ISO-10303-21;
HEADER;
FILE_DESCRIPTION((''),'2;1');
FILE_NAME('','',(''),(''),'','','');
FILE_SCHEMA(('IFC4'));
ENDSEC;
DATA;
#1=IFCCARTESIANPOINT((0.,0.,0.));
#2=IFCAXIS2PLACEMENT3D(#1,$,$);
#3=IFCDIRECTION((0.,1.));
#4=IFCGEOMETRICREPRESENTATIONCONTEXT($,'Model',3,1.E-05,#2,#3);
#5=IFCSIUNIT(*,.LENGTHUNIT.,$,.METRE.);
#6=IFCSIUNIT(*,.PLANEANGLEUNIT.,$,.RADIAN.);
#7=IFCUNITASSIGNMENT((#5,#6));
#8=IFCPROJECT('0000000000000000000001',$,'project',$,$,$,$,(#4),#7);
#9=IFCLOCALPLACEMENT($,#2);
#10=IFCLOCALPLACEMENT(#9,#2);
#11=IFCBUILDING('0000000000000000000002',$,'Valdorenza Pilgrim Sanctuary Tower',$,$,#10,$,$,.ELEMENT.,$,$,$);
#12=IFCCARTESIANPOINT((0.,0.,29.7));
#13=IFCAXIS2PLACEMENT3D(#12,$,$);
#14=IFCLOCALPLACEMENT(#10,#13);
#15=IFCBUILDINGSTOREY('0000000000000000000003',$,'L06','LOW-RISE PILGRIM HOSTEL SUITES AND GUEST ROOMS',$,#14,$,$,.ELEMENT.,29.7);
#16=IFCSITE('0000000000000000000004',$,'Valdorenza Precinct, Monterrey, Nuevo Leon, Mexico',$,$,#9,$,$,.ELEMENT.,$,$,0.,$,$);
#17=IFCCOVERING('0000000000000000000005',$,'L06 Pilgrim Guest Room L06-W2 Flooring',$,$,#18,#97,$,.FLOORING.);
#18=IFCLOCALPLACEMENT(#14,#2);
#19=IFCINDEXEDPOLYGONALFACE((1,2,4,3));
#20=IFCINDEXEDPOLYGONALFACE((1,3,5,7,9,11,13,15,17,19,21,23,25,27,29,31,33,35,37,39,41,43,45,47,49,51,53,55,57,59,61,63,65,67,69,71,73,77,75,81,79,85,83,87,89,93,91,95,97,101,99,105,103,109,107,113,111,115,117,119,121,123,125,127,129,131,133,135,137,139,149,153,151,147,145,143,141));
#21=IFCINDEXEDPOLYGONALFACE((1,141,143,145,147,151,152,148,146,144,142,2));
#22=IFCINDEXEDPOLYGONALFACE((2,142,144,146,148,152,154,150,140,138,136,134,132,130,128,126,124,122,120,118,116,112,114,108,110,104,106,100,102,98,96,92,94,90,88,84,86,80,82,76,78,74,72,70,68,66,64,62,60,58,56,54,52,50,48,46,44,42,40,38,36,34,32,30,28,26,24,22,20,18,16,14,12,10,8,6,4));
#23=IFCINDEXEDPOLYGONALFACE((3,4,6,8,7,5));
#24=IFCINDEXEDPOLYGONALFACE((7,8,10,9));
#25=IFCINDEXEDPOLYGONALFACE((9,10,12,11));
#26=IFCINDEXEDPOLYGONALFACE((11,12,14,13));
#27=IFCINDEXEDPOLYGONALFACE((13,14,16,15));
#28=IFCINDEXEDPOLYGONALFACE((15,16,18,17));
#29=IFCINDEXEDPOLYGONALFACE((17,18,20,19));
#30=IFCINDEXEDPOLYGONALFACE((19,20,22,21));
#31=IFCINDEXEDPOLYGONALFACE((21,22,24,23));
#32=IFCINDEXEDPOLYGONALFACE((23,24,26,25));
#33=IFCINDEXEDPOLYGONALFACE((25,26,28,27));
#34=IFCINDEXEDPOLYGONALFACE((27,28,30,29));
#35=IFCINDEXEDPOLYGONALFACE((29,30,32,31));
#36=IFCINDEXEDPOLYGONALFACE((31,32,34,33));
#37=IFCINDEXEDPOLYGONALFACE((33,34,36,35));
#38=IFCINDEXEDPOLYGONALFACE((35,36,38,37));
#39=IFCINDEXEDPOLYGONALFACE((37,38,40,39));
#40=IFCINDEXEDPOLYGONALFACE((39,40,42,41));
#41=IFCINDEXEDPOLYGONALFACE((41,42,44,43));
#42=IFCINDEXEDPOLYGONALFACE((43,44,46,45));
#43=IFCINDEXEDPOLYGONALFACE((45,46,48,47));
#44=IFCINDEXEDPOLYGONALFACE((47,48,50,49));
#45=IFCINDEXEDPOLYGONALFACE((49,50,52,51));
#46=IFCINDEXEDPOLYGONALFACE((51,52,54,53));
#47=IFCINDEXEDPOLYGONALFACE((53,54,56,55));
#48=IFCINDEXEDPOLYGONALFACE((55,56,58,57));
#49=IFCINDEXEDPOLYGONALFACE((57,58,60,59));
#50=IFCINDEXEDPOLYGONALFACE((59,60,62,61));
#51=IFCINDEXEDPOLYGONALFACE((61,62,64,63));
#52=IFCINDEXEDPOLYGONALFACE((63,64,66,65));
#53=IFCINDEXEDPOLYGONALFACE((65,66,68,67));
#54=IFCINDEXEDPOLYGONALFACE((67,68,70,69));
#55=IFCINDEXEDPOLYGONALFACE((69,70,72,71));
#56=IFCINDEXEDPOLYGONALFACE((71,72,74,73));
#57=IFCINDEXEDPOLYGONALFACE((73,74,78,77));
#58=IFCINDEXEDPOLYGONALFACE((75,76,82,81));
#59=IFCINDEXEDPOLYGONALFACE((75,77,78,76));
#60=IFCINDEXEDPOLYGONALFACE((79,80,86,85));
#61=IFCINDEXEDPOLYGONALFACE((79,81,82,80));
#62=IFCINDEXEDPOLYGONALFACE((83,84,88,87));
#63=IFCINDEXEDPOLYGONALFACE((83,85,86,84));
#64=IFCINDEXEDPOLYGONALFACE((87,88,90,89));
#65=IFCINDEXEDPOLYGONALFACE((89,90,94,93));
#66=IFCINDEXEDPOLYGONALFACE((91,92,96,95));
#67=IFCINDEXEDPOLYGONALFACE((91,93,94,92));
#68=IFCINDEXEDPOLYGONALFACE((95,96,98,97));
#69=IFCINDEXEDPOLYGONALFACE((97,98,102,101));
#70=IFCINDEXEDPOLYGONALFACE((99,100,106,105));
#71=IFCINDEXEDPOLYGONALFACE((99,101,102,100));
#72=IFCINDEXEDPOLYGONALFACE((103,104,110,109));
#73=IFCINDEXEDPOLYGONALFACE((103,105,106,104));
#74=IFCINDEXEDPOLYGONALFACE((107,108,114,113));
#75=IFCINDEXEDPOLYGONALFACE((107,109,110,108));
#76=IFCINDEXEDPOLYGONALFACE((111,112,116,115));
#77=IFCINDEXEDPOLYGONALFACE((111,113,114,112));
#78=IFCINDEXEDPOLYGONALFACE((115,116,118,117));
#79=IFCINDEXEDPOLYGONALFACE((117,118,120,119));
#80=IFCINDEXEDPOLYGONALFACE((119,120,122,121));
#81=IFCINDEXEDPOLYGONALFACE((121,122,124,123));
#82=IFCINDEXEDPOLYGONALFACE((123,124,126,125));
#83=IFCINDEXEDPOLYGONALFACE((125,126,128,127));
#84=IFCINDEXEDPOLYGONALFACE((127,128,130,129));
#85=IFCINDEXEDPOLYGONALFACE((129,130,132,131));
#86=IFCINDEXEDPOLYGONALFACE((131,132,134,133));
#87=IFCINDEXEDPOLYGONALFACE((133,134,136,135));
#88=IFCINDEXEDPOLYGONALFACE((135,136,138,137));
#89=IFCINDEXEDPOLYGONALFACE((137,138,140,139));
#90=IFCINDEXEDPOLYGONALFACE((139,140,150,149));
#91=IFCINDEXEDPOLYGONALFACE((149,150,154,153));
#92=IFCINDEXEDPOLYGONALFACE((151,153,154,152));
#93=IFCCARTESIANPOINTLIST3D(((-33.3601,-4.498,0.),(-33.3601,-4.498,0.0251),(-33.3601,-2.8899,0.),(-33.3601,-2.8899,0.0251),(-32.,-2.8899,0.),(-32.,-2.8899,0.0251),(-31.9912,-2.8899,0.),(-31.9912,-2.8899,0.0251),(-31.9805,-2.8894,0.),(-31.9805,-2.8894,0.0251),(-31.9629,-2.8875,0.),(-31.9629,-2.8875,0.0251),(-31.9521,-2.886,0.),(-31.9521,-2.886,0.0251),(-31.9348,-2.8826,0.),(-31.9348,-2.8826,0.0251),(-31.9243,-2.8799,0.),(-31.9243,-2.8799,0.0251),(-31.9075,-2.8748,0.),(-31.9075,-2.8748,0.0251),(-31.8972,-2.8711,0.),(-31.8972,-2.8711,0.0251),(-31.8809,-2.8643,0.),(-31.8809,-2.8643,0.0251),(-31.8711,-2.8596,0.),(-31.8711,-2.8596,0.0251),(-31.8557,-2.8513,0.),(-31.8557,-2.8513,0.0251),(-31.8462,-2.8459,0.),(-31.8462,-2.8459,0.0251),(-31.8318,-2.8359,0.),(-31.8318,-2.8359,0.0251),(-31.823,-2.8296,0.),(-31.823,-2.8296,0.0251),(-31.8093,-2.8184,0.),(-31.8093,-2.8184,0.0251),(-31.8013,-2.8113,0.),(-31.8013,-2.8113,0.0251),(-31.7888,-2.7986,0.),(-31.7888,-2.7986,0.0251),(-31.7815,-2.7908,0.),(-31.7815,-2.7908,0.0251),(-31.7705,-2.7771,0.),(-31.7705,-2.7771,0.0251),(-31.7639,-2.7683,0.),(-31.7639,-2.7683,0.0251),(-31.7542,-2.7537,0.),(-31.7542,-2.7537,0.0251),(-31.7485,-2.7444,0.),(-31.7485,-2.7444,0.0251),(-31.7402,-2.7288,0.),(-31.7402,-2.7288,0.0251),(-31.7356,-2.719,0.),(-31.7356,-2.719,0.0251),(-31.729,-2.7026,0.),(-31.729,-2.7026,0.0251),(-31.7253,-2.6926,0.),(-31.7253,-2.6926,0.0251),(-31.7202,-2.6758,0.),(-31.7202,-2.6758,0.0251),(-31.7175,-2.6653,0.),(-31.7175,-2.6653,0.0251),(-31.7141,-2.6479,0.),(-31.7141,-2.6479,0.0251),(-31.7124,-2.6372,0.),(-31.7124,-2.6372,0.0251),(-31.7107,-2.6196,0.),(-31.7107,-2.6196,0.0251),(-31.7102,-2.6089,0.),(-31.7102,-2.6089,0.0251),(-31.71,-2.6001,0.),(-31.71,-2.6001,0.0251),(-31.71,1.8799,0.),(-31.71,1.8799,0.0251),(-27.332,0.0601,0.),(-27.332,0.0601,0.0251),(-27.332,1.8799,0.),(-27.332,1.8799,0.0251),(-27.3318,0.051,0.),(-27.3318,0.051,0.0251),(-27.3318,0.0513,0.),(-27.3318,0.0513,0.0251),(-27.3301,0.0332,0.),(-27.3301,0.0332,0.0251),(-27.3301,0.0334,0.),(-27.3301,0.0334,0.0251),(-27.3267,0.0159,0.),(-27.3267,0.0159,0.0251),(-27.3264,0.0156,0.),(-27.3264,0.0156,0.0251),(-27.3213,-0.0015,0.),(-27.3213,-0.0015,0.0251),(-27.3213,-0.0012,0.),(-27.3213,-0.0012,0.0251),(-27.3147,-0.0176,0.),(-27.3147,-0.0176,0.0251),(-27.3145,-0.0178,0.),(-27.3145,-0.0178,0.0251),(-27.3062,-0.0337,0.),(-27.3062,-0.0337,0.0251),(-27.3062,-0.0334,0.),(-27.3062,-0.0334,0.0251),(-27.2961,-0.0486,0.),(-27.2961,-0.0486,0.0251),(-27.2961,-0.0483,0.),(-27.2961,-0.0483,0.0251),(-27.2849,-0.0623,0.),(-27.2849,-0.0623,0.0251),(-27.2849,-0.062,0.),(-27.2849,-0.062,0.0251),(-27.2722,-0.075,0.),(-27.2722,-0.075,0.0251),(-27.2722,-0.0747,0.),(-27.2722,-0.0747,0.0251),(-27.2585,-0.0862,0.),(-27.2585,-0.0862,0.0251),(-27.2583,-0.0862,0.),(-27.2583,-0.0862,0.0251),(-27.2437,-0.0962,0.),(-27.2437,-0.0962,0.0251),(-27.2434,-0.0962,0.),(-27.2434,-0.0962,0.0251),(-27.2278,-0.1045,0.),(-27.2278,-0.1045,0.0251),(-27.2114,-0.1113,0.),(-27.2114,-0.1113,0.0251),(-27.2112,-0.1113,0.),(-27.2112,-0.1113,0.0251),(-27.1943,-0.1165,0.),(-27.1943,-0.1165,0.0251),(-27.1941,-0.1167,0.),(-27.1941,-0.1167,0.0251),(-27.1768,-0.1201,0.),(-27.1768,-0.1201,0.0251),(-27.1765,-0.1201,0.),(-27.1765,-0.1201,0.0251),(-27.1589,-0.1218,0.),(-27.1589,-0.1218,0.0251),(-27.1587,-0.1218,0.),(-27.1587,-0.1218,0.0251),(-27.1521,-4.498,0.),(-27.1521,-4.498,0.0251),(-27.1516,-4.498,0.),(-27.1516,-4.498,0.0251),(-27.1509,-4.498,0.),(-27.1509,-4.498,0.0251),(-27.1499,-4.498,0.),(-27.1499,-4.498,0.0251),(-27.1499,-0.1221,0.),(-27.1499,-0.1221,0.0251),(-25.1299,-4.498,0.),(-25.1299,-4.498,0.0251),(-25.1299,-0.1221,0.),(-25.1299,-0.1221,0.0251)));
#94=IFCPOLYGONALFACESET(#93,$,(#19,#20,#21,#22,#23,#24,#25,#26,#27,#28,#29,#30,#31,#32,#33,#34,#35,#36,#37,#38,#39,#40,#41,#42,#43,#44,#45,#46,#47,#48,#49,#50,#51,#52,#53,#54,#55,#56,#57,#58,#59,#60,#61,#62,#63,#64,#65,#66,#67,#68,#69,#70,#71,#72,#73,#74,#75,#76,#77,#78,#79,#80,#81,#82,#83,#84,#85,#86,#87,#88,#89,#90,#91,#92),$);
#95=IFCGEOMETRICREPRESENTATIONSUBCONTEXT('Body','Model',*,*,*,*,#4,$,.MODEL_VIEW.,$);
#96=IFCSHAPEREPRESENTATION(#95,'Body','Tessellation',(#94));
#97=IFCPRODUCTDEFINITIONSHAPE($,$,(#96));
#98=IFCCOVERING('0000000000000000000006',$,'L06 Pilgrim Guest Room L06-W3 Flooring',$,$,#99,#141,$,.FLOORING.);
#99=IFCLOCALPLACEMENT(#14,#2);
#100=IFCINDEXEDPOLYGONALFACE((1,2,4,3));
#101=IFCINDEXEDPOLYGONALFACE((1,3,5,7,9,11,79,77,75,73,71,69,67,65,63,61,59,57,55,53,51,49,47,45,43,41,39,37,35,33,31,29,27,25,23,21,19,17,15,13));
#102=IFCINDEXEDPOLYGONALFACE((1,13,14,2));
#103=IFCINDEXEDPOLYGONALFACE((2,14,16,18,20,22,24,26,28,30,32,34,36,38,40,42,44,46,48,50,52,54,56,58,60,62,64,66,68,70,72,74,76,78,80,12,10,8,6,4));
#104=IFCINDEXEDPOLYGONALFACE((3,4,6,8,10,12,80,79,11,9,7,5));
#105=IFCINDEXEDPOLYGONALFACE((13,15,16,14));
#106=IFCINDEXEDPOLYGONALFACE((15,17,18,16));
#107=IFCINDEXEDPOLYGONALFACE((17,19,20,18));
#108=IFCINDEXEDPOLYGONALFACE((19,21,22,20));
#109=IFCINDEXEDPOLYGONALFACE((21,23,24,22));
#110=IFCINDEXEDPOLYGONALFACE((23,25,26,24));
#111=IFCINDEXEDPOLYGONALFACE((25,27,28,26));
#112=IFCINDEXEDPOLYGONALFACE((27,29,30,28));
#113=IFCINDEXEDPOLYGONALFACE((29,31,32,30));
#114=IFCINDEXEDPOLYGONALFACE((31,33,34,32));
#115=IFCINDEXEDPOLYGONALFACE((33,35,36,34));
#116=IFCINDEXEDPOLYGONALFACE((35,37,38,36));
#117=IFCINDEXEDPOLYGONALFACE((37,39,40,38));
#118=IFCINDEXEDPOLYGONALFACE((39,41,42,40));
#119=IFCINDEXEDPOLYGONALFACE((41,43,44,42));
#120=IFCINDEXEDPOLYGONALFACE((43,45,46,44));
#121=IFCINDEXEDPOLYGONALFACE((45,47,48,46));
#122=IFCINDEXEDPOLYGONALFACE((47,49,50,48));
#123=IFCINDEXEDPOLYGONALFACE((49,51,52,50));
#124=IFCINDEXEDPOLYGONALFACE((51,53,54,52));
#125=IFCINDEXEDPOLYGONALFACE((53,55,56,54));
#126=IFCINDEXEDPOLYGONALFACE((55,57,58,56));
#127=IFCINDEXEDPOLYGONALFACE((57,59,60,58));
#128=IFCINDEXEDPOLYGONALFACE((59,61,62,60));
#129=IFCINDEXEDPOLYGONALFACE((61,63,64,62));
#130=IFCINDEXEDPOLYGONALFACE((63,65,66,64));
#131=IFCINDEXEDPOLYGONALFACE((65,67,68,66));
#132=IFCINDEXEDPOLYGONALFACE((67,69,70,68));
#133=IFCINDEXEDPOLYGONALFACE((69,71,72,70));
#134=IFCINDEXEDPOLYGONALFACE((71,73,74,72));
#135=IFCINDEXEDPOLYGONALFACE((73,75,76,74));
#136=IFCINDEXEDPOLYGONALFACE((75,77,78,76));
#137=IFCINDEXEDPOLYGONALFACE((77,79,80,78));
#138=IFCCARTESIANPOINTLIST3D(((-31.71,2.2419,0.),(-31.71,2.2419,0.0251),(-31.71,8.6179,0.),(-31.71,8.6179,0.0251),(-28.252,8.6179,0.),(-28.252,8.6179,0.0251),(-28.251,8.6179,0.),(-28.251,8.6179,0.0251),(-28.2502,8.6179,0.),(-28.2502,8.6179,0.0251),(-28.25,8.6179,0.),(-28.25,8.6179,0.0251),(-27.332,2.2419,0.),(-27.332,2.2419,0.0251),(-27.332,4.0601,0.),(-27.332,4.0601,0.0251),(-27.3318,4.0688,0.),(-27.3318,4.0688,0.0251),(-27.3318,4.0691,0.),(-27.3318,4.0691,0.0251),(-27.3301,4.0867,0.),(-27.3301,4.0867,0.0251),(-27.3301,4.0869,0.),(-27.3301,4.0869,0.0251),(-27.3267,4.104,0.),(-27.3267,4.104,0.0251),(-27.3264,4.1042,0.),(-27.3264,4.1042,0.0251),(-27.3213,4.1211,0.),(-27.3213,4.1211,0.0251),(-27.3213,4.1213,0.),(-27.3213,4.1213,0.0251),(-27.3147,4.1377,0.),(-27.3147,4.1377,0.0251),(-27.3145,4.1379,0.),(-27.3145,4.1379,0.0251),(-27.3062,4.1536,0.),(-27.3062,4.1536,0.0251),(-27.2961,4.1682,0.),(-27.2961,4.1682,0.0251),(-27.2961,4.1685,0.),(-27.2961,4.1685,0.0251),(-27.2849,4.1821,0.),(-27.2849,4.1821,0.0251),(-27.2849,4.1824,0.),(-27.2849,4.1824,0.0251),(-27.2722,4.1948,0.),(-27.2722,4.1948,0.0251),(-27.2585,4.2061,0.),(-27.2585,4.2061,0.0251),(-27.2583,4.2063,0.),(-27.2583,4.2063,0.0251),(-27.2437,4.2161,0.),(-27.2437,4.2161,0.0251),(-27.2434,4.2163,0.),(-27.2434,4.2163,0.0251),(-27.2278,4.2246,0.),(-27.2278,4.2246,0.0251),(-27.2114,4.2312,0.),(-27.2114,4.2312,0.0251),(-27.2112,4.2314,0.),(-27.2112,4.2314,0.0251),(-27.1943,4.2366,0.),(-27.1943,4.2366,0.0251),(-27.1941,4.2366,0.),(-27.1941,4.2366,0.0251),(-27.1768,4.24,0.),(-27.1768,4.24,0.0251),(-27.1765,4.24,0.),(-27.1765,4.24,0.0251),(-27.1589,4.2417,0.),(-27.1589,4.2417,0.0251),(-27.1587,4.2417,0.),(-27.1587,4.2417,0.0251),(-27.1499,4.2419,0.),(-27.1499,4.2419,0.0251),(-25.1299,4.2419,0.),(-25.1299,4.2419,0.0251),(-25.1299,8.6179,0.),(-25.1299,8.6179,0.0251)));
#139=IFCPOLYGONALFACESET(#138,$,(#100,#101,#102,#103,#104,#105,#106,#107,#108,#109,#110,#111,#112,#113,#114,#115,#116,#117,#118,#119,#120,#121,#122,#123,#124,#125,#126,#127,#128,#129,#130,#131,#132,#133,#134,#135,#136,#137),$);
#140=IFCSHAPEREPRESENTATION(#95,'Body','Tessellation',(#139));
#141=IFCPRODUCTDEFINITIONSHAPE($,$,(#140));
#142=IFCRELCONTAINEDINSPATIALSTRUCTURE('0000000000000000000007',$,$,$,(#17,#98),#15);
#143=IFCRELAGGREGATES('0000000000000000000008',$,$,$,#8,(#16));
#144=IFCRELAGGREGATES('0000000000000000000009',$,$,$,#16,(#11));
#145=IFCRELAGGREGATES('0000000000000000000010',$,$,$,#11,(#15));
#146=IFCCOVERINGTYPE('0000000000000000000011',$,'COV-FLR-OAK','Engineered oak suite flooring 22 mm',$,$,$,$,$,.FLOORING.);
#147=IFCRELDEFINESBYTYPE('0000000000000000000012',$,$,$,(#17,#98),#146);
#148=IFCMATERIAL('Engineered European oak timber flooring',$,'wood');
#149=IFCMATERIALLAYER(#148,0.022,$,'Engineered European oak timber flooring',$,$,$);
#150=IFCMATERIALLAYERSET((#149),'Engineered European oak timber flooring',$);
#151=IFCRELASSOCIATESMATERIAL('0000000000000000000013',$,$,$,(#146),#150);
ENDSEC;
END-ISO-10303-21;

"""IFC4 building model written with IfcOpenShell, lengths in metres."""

from ifc_helpers import new_model, si_unit, direction, frame, origin, place, context, subcontext, project, spatial, polyline, outline, extrude, material, layer, layer_set, type_object, element, save


model = new_model("IFC4")

# Units and contexts
model_context = context("Model", 3, precision=1e-05, world=origin(), true_north=direction((0.0, 1.0)))
body_context = subcontext(model_context, "Body", "Model", "MODEL_VIEW")
ifc_project = project(units=[si_unit("LENGTHUNIT", "METRE"), si_unit("PLANEANGLEUNIT", "RADIAN")], contexts=[model_context])

# Site, building, storey
site_placement = place(None, origin())
site = spatial("IfcSite", under=ifc_project, at=site_placement, Name="Valdorenza Precinct, Monterrey, Nuevo Leon, Mexico", CompositionType="ELEMENT", RefElevation=0.0)
building_placement = place(site_placement, origin())
building = spatial("IfcBuilding", under=site, at=building_placement, Name="Valdorenza Pilgrim Sanctuary Tower", CompositionType="ELEMENT")
storey_placement = place(building_placement, frame((0.0, 0.0, 29.7)))
storey = spatial("IfcBuildingStorey", under=building, at=storey_placement, Name="L06", Description="LOW-RISE PILGRIM HOSTEL SUITES AND GUEST ROOMS", CompositionType="ELEMENT", Elevation=29.7)

# Coverings
ifc_material_1 = material(Name="Engineered European oak timber flooring", Category="wood")
ifc_layer_1 = layer(ifc_material_1, 0.022, Name="Engineered European oak timber flooring")
ifc_layer_set_1 = layer_set([ifc_layer_1], Name="Engineered European oak timber flooring")
covering_type_1 = type_object("IfcCoveringType", Name="COV-FLR-OAK", Description="Engineered oak suite flooring 22 mm", PredefinedType="FLOORING", material=ifc_layer_set_1)
covering_1_placement = place(storey_placement, origin())
element("IfcCovering", 1, at=covering_1_placement, inside=storey, type_object=covering_type_1, Name="L06 Pilgrim Guest Room L06-W2 Flooring", PredefinedType="FLOORING", context=body_context, shape_type="SweptSolid", body=[
    extrude(outline(polyline([(-33.3601, -2.8899), (-32.0, -2.8899), (-31.9912, -2.8899), (-31.9805, -2.8894), (-31.9629, -2.8875), (-31.9521, -2.886), (-31.9348, -2.8826), (-31.9243, -2.8799), (-31.9075, -2.8748), (-31.8972, -2.8711), (-31.8809, -2.8643), (-31.8711, -2.8596), (-31.8557, -2.8513), (-31.8462, -2.8459), (-31.8318, -2.8359), (-31.823, -2.8296), (-31.8093, -2.8184), (-31.8013, -2.8113), (-31.7888, -2.7986), (-31.7815, -2.7908), (-31.7705, -2.7771), (-31.7639, -2.7683), (-31.7542, -2.7537), (-31.7485, -2.7444), (-31.7402, -2.7288), (-31.7356, -2.719), (-31.729, -2.7026), (-31.7253, -2.6926), (-31.7202, -2.6758), (-31.7175, -2.6653), (-31.7141, -2.6479), (-31.7124, -2.6372), (-31.7107, -2.6196), (-31.7102, -2.6089), (-31.71, -2.6001), (-31.71, 1.8799), (-27.332, 1.8799), (-27.332, 0.0601), (-27.3318, 0.0513), (-27.3318, 0.051), (-27.3301, 0.0334), (-27.3301, 0.0332), (-27.3267, 0.0159), (-27.3264, 0.0156), (-27.3213, -0.0012), (-27.3213, -0.0015), (-27.3147, -0.0176), (-27.3145, -0.0178), (-27.3062, -0.0334), (-27.3062, -0.0337), (-27.2961, -0.0483), (-27.2961, -0.0486), (-27.2849, -0.062), (-27.2849, -0.0623), (-27.2722, -0.0747), (-27.2722, -0.075), (-27.2585, -0.0862), (-27.2583, -0.0862), (-27.2437, -0.0962), (-27.2434, -0.0962), (-27.2278, -0.1045), (-27.2278, -0.1045), (-27.2114, -0.1113), (-27.2112, -0.1113), (-27.1943, -0.1165), (-27.1941, -0.1167), (-27.1768, -0.1201), (-27.1765, -0.1201), (-27.1589, -0.1218), (-27.1587, -0.1218), (-27.1499, -0.1221), (-25.1299, -0.1221), (-25.1299, -4.498), (-27.1499, -4.498), (-27.1509, -4.498), (-27.1516, -4.498), (-27.1521, -4.498), (-33.3601, -4.498), (-33.3601, -2.8899)])), origin(), (0.0, 0.0, 1.0), 0.0251),
])
covering_2_placement = place(storey_placement, origin())
element("IfcCovering", 2, at=covering_2_placement, inside=storey, type_object=covering_type_1, Name="L06 Pilgrim Guest Room L06-W3 Flooring", PredefinedType="FLOORING", context=body_context, shape_type="SweptSolid", body=[
    extrude(outline(polyline([(-28.2502, 8.6179), (-28.25, 8.6179), (-25.1299, 8.6179), (-25.1299, 4.2419), (-27.1499, 4.2419), (-27.1587, 4.2417), (-27.1589, 4.2417), (-27.1765, 4.24), (-27.1768, 4.24), (-27.1941, 4.2366), (-27.1943, 4.2366), (-27.2112, 4.2314), (-27.2114, 4.2312), (-27.2278, 4.2246), (-27.2278, 4.2246), (-27.2434, 4.2163), (-27.2437, 4.2161), (-27.2583, 4.2063), (-27.2585, 4.2061), (-27.2722, 4.1948), (-27.2722, 4.1948), (-27.2849, 4.1824), (-27.2849, 4.1821), (-27.2961, 4.1685), (-27.2961, 4.1682), (-27.3062, 4.1536), (-27.3062, 4.1536), (-27.3145, 4.1379), (-27.3147, 4.1377), (-27.3213, 4.1213), (-27.3213, 4.1211), (-27.3264, 4.1042), (-27.3267, 4.104), (-27.3301, 4.0869), (-27.3301, 4.0867), (-27.3318, 4.0691), (-27.3318, 4.0688), (-27.332, 4.0601), (-27.332, 2.2419), (-31.71, 2.2419), (-31.71, 8.6179), (-28.252, 8.6179), (-28.251, 8.6179), (-28.2502, 8.6179)])), origin(), (0.0, 0.0, 1.0), 0.0251),
])

save(model, "model.ifc")
